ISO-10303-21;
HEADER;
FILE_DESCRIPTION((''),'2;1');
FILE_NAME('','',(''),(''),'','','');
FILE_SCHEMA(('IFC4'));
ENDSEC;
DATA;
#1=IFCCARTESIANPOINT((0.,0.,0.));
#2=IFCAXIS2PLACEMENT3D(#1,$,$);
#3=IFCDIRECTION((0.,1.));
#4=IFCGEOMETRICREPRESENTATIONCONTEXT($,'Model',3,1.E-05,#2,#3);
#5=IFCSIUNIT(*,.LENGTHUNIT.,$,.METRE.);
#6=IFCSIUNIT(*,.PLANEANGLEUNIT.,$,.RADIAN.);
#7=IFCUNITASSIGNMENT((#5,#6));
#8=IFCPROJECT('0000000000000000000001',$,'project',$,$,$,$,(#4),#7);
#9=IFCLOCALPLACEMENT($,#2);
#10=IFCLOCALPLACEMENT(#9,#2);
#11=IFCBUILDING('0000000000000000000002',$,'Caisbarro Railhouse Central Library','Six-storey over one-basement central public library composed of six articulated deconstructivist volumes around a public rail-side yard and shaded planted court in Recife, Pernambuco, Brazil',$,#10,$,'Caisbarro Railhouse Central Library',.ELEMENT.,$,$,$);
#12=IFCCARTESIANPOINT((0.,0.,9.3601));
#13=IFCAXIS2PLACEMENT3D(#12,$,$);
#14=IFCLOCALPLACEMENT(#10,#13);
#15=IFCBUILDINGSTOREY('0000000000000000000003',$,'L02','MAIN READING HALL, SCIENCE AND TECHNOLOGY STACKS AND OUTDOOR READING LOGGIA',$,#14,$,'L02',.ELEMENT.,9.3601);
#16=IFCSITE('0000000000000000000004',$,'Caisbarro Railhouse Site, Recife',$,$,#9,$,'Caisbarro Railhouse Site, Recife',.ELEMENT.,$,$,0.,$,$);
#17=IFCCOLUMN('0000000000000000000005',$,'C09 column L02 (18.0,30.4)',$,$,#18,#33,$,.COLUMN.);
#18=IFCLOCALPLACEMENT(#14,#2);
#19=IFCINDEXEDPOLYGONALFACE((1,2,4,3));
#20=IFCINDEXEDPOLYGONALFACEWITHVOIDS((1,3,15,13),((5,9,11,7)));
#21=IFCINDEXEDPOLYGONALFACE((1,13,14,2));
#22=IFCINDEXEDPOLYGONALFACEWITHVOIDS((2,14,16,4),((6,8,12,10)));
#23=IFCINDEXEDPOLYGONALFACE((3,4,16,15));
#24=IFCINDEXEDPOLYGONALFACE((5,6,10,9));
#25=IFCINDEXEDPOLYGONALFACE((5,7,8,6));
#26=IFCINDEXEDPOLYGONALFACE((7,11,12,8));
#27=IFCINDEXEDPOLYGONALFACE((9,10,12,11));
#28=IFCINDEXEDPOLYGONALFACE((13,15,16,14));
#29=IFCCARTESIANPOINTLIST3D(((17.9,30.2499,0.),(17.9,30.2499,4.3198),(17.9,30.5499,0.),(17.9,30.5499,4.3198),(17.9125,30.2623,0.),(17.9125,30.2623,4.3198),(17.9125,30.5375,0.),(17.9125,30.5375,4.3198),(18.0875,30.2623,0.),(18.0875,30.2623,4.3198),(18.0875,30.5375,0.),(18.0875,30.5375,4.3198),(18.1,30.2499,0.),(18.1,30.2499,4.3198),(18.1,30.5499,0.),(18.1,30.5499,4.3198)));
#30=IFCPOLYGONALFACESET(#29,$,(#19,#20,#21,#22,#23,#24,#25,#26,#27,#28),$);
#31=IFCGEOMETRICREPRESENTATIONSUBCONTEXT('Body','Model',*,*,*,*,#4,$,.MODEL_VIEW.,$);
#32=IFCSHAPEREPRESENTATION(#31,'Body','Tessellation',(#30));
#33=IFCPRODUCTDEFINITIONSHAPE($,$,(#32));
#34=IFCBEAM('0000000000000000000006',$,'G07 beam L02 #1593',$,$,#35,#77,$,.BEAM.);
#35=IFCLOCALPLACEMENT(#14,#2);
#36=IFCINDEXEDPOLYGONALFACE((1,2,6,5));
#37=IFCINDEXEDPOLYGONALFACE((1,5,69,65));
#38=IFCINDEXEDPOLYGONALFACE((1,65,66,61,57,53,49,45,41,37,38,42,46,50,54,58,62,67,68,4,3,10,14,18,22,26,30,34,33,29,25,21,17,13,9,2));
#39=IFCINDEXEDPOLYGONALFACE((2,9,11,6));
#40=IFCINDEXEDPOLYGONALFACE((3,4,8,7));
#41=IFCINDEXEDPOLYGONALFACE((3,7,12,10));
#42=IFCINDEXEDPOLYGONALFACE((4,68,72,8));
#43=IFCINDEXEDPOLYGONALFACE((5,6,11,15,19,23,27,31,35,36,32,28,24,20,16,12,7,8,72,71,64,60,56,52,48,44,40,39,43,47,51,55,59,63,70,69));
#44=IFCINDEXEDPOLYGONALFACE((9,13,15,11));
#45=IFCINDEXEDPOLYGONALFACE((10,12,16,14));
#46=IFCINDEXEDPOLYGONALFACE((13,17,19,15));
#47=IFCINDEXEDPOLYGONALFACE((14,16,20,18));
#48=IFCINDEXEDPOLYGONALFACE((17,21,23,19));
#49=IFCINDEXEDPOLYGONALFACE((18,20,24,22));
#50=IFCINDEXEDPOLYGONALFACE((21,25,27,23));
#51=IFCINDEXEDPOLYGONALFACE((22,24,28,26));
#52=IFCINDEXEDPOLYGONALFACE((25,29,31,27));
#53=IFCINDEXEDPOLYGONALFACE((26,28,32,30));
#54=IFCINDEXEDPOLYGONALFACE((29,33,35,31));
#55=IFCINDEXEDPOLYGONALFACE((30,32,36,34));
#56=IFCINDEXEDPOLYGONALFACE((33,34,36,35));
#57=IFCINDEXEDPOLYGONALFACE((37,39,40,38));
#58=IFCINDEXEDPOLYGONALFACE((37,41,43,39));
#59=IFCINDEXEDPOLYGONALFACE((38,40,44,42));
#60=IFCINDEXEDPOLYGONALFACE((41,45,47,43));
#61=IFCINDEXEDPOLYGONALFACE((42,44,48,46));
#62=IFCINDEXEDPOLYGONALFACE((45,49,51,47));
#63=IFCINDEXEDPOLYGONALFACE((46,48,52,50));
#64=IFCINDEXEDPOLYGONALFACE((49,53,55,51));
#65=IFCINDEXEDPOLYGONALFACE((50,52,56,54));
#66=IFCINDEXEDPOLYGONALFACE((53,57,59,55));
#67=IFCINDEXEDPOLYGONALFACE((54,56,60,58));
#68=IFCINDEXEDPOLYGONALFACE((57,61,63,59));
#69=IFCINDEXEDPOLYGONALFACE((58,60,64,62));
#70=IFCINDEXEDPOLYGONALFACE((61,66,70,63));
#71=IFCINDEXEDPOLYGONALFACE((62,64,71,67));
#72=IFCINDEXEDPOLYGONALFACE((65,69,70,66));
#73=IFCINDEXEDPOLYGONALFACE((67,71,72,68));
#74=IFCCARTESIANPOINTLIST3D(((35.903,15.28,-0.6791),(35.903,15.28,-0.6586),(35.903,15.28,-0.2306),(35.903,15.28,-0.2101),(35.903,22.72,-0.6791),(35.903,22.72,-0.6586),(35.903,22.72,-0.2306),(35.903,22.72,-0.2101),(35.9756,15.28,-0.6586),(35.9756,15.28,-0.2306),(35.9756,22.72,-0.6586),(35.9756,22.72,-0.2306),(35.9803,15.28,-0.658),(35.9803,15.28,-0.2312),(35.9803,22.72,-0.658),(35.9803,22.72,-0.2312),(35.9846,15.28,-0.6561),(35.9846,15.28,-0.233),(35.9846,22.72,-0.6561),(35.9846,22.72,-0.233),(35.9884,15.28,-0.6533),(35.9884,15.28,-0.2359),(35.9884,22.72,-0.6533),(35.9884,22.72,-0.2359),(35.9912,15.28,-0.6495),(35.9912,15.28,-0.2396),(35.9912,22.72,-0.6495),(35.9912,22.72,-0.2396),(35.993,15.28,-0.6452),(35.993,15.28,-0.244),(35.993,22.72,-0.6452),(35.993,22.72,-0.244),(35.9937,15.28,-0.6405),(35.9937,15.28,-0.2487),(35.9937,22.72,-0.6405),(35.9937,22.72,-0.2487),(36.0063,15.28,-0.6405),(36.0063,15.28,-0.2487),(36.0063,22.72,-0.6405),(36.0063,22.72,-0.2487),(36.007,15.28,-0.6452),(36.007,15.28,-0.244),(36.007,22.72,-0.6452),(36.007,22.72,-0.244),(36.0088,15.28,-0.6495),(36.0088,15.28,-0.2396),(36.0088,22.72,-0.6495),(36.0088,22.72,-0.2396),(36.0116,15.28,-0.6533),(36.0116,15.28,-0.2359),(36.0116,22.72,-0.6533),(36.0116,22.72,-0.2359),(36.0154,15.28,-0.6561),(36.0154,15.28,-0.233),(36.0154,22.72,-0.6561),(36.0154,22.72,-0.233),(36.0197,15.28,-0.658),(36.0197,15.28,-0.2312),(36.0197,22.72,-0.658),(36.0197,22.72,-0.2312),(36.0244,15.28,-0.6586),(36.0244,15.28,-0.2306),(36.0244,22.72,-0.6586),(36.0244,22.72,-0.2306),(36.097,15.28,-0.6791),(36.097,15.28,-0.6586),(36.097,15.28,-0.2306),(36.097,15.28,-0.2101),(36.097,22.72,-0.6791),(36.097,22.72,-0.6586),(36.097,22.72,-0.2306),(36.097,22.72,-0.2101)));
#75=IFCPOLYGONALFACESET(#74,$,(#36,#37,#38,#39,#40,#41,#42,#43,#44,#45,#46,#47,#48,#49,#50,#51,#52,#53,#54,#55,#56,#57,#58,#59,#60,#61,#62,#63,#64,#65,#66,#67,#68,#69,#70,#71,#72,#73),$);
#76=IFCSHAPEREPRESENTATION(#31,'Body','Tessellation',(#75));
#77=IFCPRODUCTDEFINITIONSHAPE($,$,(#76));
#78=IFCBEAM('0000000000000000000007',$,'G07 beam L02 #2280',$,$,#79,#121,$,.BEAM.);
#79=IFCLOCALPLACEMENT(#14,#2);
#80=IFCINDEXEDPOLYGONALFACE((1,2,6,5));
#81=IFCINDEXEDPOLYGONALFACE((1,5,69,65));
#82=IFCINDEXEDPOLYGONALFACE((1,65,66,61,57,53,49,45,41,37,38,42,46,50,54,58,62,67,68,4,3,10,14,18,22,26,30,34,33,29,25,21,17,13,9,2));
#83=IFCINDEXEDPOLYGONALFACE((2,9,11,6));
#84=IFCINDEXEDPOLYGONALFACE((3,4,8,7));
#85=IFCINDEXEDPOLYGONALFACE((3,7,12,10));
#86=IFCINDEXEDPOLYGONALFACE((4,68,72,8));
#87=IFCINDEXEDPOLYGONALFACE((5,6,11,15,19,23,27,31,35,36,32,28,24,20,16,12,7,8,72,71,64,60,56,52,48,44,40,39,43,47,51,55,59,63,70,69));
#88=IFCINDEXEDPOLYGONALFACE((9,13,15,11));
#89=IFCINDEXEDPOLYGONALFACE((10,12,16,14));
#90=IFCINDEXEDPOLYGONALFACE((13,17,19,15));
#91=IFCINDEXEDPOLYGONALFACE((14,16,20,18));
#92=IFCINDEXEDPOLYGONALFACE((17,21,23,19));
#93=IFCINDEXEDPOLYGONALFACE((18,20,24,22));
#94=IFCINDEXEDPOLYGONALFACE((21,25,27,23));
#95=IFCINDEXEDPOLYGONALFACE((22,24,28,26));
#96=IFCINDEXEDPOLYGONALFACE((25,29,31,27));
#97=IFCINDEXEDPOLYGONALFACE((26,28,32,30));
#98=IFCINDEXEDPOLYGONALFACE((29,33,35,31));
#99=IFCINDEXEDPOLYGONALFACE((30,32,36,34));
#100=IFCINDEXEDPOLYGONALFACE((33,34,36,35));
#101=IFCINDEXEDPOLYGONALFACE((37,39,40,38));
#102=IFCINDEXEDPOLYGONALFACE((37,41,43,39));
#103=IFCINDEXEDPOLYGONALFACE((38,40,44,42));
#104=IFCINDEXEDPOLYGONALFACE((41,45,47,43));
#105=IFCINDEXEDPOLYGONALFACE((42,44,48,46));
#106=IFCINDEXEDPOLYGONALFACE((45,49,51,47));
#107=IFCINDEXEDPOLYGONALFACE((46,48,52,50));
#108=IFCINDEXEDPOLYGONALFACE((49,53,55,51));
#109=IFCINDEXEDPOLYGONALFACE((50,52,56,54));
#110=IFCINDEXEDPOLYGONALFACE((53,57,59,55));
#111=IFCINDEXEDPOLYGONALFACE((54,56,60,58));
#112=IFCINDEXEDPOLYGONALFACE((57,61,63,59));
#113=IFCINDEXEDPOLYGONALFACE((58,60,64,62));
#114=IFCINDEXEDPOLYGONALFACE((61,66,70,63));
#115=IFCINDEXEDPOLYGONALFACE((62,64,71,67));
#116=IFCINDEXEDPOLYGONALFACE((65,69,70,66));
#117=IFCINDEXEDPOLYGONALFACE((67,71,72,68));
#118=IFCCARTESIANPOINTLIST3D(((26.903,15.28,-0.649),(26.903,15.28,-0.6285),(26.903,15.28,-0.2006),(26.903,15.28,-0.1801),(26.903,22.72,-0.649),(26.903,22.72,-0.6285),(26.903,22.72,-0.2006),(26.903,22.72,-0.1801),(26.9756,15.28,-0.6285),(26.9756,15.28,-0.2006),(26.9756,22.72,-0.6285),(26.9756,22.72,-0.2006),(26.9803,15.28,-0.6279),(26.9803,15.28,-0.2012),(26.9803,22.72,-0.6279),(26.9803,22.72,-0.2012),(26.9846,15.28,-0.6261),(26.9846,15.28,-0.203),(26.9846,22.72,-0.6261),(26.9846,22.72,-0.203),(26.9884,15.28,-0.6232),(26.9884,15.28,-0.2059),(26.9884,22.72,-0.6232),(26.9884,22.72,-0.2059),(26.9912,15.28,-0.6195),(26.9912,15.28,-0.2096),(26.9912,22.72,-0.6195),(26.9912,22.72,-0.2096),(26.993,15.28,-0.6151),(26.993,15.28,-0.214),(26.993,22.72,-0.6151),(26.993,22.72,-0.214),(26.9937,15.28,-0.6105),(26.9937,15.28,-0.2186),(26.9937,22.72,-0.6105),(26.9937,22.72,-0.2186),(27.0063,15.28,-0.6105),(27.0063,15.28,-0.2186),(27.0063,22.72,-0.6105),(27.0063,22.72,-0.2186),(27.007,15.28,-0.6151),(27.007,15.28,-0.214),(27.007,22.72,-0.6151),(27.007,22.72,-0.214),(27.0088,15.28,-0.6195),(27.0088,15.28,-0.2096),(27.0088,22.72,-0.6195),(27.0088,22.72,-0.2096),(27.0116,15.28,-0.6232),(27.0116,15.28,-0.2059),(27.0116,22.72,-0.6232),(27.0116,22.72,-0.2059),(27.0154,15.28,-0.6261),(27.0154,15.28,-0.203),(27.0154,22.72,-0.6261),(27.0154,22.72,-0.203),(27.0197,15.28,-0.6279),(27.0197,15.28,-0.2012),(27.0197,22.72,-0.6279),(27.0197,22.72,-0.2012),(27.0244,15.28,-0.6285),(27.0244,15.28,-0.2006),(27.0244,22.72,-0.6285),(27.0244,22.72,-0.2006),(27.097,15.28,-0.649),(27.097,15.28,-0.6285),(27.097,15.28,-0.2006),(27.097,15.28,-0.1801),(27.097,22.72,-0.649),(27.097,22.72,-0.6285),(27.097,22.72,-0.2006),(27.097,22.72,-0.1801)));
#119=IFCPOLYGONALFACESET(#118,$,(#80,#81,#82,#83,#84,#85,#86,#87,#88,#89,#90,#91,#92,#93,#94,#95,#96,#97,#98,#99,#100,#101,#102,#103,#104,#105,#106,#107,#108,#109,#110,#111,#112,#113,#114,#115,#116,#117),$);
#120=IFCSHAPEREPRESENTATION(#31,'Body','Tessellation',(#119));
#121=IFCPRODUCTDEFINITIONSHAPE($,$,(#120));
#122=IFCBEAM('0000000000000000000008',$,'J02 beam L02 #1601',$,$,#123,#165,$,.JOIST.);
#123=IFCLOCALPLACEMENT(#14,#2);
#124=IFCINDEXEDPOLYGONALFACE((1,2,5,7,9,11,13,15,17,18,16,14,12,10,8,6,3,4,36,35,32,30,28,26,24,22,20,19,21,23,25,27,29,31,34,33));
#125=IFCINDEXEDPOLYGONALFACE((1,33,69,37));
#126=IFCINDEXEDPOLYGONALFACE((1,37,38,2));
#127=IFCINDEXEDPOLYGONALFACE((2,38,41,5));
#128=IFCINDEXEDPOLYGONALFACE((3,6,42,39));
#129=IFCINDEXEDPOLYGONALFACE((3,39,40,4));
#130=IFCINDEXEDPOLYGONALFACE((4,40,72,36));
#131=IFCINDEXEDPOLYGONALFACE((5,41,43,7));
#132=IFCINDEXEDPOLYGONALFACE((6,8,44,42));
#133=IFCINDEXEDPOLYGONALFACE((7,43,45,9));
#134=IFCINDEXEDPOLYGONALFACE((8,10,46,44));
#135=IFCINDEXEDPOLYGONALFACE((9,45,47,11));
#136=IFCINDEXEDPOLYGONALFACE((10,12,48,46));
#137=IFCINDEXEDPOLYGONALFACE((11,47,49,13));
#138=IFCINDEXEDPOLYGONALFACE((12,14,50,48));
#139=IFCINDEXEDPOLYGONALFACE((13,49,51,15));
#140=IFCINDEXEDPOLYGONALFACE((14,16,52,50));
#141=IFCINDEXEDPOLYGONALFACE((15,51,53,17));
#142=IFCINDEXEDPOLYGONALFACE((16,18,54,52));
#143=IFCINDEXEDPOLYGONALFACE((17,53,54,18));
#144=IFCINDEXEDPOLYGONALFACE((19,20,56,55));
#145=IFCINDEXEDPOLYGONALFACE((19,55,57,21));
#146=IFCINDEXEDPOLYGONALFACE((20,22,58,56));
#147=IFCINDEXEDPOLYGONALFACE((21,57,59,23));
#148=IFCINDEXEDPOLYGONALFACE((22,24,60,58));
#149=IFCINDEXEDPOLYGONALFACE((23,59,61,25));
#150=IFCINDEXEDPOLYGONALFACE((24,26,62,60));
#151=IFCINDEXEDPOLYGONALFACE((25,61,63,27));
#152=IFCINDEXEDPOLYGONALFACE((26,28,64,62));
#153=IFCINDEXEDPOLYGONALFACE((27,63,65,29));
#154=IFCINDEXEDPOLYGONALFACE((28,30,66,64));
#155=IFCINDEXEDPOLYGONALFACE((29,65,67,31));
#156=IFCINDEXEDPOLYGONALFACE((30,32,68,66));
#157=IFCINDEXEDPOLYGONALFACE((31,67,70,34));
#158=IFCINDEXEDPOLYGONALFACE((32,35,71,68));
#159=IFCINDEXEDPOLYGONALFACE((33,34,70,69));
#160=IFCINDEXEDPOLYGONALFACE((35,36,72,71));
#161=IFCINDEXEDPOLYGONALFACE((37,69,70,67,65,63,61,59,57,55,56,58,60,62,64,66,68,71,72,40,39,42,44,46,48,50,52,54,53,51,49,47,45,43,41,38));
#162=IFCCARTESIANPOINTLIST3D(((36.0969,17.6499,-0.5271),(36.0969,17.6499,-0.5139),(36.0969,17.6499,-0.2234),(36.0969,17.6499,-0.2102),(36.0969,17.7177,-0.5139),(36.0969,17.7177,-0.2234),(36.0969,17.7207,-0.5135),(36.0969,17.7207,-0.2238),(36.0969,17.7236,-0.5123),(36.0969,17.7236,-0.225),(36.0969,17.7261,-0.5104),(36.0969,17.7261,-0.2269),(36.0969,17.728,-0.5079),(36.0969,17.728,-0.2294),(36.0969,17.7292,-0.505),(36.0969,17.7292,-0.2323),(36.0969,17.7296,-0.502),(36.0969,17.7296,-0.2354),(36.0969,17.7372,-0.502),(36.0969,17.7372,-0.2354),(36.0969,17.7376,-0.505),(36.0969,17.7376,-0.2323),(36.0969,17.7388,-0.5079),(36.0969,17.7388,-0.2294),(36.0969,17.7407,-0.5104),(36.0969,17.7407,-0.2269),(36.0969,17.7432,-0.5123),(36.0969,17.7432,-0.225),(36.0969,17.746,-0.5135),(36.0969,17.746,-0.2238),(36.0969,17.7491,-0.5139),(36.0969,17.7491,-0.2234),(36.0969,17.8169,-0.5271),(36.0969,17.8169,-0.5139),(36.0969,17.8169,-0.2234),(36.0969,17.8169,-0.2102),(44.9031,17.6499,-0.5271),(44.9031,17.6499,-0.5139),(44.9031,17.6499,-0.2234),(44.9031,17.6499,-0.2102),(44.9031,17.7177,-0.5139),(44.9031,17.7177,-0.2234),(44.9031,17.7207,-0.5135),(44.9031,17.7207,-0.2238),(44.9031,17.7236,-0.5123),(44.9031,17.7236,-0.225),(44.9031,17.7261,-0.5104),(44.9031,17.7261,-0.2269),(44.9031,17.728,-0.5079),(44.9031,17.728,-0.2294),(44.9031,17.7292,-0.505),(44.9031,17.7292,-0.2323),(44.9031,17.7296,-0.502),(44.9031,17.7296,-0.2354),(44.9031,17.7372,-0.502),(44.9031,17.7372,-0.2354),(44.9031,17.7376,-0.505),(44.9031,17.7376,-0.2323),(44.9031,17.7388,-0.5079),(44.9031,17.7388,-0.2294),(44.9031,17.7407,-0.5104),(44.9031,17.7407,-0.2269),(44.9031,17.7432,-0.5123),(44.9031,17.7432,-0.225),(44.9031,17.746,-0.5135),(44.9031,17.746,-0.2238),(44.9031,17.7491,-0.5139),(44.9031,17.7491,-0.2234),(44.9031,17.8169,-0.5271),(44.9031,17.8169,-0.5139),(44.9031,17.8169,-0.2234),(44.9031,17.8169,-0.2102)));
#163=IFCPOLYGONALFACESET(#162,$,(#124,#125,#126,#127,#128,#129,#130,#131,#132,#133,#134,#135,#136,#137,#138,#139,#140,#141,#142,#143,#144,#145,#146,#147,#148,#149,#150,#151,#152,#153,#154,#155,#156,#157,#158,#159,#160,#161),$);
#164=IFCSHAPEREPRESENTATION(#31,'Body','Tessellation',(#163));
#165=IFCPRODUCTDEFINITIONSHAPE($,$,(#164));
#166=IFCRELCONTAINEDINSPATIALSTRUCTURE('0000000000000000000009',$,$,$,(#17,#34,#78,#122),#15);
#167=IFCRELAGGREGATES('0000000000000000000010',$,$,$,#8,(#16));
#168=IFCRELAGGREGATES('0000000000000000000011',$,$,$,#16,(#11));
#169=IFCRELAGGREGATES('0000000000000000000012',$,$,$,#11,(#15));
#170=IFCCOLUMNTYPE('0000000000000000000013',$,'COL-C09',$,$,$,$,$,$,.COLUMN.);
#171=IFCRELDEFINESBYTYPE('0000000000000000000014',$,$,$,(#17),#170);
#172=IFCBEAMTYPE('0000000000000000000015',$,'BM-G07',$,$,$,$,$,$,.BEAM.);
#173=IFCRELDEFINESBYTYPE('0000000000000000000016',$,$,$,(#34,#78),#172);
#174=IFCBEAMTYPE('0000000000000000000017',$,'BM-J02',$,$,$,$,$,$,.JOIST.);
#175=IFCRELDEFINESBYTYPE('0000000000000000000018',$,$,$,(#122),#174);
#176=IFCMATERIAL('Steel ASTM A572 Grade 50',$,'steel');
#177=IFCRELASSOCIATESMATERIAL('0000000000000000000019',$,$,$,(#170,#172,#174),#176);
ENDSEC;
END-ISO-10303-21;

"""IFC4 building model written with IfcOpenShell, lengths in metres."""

from ifc_helpers import new_model, si_unit, direction, frame, origin, origin_2d, place, context, subcontext, project, spatial, hollow_rectangle, i_section, extrude, material, material_profile, profile_set, type_object, element, save


model = new_model("IFC4")

# Units and contexts
model_context = context("Model", 3, precision=1e-05, world=origin(), true_north=direction((0.0, 1.0)))
body_context = subcontext(model_context, "Body", "Model", "MODEL_VIEW")
ifc_project = project(units=[si_unit("LENGTHUNIT", "METRE"), si_unit("PLANEANGLEUNIT", "RADIAN")], contexts=[model_context])

# Site, building, storey
site_placement = place(None, origin())
site = spatial("IfcSite", under=ifc_project, at=site_placement, Name="Caisbarro Railhouse Site, Recife", LongName="Caisbarro Railhouse Site, Recife", CompositionType="ELEMENT", RefElevation=0.0)
building_placement = place(site_placement, origin())
building = spatial("IfcBuilding", under=site, at=building_placement, Name="Caisbarro Railhouse Central Library", Description="Six-storey over one-basement central public library composed of six articulated deconstructivist volumes around a public rail-side yard and shaded planted court in Recife, Pernambuco, Brazil", LongName="Caisbarro Railhouse Central Library", CompositionType="ELEMENT")
storey_placement = place(building_placement, frame((0.0, 0.0, 9.3601)))
storey = spatial("IfcBuildingStorey", under=building, at=storey_placement, Name="L02", Description="MAIN READING HALL, SCIENCE AND TECHNOLOGY STACKS AND OUTDOOR READING LOGGIA", LongName="L02", CompositionType="ELEMENT", Elevation=9.3601)

# Column
ifc_material_1 = material(Name="Steel ASTM A572 Grade 50", Category="steel")
ifc_material_profile_1 = material_profile(ifc_material_1, hollow_rectangle(XDim=0.2, YDim=0.3, WallThickness=0.0125, at=origin_2d()), Name="HSS300X200X12.5")
ifc_profile_set_1 = profile_set([ifc_material_profile_1], Name="Steel ASTM A572 Grade 50")
column_type = type_object("IfcColumnType", Name="COL-C09", PredefinedType="COLUMN", material=ifc_profile_set_1)
column_placement = place(storey_placement, frame((18.0, 30.3999, 0.0), z_axis=(0.0, 0.0, 1.0), x_axis=(1.0, 0.0, 0.0)))
element("IfcColumn", 1, at=column_placement, inside=storey, type_object=column_type, Name="C09 column L02 (18.0,30.4)", PredefinedType="COLUMN", context=body_context, shape_type="SweptSolid", body=[
    extrude(hollow_rectangle(XDim=0.2, YDim=0.3, WallThickness=0.0125, at=origin_2d()), origin(), (0.0, 0.0, 1.0), 4.3198),
])

# Beams
ifc_material_profile_2 = material_profile(ifc_material_1, i_section(OverallWidth=0.1941, OverallDepth=0.469, WebThickness=0.0127, FlangeThickness=0.0205, FilletRadius=0.0181, at=origin_2d()), Name="W460X106.0")
ifc_profile_set_2 = profile_set([ifc_material_profile_2], Name="Steel ASTM A572 Grade 50")
beam_type_1 = type_object("IfcBeamType", Name="BM-G07", PredefinedType="BEAM", material=ifc_profile_set_2)
for number, where, z_axis, x_axis, name in (
    (2, (36.0, 15.28, -0.4446), (0.0, 1.0, 0.0), (-1.0, 0.0, 0.0), "G07 beam L02 #1593"),
    (3, (27.0, 15.28, -0.4146), (0.0, 1.0, 0.0), (-1.0, 0.0, 0.0), "G07 beam L02 #2280"),
):
    element("IfcBeam", number, at=place(storey_placement, frame(where, z_axis=z_axis, x_axis=x_axis)), inside=storey, type_object=beam_type_1, Name=name, PredefinedType="BEAM", context=body_context, shape_type="SweptSolid", body=[
        extrude(i_section(OverallWidth=0.1941, OverallDepth=0.469, WebThickness=0.0127, FlangeThickness=0.0205, FilletRadius=0.0181, at=origin_2d()), origin(), (0.0, 0.0, 1.0), 7.4399),
    ])
ifc_material_profile_3 = material_profile(ifc_material_1, i_section(OverallWidth=0.167, OverallDepth=0.3169, WebThickness=0.0076, FlangeThickness=0.0132, FilletRadius=0.012, at=origin_2d()), Name="W310X52.0")
ifc_profile_set_3 = profile_set([ifc_material_profile_3], Name="Steel ASTM A572 Grade 50")
beam_type_2 = type_object("IfcBeamType", Name="BM-J02", PredefinedType="JOIST", material=ifc_profile_set_3)
for number, where, z_axis, x_axis, name in (
    (4, (36.0969, 17.7334, -0.3687), (1.0, 0.0, 0.0), (0.0, 1.0, 0.0), "J02 beam L02 #1601"),
):
    element("IfcBeam", number, at=place(storey_placement, frame(where, z_axis=z_axis, x_axis=x_axis)), inside=storey, type_object=beam_type_2, Name=name, PredefinedType="JOIST", context=body_context, shape_type="SweptSolid", body=[
        extrude(i_section(OverallWidth=0.167, OverallDepth=0.3169, WebThickness=0.0076, FlangeThickness=0.0132, FilletRadius=0.012, at=origin_2d()), origin(), (0.0, 0.0, 1.0), 8.8062),
    ])

save(model, "model.ifc")
